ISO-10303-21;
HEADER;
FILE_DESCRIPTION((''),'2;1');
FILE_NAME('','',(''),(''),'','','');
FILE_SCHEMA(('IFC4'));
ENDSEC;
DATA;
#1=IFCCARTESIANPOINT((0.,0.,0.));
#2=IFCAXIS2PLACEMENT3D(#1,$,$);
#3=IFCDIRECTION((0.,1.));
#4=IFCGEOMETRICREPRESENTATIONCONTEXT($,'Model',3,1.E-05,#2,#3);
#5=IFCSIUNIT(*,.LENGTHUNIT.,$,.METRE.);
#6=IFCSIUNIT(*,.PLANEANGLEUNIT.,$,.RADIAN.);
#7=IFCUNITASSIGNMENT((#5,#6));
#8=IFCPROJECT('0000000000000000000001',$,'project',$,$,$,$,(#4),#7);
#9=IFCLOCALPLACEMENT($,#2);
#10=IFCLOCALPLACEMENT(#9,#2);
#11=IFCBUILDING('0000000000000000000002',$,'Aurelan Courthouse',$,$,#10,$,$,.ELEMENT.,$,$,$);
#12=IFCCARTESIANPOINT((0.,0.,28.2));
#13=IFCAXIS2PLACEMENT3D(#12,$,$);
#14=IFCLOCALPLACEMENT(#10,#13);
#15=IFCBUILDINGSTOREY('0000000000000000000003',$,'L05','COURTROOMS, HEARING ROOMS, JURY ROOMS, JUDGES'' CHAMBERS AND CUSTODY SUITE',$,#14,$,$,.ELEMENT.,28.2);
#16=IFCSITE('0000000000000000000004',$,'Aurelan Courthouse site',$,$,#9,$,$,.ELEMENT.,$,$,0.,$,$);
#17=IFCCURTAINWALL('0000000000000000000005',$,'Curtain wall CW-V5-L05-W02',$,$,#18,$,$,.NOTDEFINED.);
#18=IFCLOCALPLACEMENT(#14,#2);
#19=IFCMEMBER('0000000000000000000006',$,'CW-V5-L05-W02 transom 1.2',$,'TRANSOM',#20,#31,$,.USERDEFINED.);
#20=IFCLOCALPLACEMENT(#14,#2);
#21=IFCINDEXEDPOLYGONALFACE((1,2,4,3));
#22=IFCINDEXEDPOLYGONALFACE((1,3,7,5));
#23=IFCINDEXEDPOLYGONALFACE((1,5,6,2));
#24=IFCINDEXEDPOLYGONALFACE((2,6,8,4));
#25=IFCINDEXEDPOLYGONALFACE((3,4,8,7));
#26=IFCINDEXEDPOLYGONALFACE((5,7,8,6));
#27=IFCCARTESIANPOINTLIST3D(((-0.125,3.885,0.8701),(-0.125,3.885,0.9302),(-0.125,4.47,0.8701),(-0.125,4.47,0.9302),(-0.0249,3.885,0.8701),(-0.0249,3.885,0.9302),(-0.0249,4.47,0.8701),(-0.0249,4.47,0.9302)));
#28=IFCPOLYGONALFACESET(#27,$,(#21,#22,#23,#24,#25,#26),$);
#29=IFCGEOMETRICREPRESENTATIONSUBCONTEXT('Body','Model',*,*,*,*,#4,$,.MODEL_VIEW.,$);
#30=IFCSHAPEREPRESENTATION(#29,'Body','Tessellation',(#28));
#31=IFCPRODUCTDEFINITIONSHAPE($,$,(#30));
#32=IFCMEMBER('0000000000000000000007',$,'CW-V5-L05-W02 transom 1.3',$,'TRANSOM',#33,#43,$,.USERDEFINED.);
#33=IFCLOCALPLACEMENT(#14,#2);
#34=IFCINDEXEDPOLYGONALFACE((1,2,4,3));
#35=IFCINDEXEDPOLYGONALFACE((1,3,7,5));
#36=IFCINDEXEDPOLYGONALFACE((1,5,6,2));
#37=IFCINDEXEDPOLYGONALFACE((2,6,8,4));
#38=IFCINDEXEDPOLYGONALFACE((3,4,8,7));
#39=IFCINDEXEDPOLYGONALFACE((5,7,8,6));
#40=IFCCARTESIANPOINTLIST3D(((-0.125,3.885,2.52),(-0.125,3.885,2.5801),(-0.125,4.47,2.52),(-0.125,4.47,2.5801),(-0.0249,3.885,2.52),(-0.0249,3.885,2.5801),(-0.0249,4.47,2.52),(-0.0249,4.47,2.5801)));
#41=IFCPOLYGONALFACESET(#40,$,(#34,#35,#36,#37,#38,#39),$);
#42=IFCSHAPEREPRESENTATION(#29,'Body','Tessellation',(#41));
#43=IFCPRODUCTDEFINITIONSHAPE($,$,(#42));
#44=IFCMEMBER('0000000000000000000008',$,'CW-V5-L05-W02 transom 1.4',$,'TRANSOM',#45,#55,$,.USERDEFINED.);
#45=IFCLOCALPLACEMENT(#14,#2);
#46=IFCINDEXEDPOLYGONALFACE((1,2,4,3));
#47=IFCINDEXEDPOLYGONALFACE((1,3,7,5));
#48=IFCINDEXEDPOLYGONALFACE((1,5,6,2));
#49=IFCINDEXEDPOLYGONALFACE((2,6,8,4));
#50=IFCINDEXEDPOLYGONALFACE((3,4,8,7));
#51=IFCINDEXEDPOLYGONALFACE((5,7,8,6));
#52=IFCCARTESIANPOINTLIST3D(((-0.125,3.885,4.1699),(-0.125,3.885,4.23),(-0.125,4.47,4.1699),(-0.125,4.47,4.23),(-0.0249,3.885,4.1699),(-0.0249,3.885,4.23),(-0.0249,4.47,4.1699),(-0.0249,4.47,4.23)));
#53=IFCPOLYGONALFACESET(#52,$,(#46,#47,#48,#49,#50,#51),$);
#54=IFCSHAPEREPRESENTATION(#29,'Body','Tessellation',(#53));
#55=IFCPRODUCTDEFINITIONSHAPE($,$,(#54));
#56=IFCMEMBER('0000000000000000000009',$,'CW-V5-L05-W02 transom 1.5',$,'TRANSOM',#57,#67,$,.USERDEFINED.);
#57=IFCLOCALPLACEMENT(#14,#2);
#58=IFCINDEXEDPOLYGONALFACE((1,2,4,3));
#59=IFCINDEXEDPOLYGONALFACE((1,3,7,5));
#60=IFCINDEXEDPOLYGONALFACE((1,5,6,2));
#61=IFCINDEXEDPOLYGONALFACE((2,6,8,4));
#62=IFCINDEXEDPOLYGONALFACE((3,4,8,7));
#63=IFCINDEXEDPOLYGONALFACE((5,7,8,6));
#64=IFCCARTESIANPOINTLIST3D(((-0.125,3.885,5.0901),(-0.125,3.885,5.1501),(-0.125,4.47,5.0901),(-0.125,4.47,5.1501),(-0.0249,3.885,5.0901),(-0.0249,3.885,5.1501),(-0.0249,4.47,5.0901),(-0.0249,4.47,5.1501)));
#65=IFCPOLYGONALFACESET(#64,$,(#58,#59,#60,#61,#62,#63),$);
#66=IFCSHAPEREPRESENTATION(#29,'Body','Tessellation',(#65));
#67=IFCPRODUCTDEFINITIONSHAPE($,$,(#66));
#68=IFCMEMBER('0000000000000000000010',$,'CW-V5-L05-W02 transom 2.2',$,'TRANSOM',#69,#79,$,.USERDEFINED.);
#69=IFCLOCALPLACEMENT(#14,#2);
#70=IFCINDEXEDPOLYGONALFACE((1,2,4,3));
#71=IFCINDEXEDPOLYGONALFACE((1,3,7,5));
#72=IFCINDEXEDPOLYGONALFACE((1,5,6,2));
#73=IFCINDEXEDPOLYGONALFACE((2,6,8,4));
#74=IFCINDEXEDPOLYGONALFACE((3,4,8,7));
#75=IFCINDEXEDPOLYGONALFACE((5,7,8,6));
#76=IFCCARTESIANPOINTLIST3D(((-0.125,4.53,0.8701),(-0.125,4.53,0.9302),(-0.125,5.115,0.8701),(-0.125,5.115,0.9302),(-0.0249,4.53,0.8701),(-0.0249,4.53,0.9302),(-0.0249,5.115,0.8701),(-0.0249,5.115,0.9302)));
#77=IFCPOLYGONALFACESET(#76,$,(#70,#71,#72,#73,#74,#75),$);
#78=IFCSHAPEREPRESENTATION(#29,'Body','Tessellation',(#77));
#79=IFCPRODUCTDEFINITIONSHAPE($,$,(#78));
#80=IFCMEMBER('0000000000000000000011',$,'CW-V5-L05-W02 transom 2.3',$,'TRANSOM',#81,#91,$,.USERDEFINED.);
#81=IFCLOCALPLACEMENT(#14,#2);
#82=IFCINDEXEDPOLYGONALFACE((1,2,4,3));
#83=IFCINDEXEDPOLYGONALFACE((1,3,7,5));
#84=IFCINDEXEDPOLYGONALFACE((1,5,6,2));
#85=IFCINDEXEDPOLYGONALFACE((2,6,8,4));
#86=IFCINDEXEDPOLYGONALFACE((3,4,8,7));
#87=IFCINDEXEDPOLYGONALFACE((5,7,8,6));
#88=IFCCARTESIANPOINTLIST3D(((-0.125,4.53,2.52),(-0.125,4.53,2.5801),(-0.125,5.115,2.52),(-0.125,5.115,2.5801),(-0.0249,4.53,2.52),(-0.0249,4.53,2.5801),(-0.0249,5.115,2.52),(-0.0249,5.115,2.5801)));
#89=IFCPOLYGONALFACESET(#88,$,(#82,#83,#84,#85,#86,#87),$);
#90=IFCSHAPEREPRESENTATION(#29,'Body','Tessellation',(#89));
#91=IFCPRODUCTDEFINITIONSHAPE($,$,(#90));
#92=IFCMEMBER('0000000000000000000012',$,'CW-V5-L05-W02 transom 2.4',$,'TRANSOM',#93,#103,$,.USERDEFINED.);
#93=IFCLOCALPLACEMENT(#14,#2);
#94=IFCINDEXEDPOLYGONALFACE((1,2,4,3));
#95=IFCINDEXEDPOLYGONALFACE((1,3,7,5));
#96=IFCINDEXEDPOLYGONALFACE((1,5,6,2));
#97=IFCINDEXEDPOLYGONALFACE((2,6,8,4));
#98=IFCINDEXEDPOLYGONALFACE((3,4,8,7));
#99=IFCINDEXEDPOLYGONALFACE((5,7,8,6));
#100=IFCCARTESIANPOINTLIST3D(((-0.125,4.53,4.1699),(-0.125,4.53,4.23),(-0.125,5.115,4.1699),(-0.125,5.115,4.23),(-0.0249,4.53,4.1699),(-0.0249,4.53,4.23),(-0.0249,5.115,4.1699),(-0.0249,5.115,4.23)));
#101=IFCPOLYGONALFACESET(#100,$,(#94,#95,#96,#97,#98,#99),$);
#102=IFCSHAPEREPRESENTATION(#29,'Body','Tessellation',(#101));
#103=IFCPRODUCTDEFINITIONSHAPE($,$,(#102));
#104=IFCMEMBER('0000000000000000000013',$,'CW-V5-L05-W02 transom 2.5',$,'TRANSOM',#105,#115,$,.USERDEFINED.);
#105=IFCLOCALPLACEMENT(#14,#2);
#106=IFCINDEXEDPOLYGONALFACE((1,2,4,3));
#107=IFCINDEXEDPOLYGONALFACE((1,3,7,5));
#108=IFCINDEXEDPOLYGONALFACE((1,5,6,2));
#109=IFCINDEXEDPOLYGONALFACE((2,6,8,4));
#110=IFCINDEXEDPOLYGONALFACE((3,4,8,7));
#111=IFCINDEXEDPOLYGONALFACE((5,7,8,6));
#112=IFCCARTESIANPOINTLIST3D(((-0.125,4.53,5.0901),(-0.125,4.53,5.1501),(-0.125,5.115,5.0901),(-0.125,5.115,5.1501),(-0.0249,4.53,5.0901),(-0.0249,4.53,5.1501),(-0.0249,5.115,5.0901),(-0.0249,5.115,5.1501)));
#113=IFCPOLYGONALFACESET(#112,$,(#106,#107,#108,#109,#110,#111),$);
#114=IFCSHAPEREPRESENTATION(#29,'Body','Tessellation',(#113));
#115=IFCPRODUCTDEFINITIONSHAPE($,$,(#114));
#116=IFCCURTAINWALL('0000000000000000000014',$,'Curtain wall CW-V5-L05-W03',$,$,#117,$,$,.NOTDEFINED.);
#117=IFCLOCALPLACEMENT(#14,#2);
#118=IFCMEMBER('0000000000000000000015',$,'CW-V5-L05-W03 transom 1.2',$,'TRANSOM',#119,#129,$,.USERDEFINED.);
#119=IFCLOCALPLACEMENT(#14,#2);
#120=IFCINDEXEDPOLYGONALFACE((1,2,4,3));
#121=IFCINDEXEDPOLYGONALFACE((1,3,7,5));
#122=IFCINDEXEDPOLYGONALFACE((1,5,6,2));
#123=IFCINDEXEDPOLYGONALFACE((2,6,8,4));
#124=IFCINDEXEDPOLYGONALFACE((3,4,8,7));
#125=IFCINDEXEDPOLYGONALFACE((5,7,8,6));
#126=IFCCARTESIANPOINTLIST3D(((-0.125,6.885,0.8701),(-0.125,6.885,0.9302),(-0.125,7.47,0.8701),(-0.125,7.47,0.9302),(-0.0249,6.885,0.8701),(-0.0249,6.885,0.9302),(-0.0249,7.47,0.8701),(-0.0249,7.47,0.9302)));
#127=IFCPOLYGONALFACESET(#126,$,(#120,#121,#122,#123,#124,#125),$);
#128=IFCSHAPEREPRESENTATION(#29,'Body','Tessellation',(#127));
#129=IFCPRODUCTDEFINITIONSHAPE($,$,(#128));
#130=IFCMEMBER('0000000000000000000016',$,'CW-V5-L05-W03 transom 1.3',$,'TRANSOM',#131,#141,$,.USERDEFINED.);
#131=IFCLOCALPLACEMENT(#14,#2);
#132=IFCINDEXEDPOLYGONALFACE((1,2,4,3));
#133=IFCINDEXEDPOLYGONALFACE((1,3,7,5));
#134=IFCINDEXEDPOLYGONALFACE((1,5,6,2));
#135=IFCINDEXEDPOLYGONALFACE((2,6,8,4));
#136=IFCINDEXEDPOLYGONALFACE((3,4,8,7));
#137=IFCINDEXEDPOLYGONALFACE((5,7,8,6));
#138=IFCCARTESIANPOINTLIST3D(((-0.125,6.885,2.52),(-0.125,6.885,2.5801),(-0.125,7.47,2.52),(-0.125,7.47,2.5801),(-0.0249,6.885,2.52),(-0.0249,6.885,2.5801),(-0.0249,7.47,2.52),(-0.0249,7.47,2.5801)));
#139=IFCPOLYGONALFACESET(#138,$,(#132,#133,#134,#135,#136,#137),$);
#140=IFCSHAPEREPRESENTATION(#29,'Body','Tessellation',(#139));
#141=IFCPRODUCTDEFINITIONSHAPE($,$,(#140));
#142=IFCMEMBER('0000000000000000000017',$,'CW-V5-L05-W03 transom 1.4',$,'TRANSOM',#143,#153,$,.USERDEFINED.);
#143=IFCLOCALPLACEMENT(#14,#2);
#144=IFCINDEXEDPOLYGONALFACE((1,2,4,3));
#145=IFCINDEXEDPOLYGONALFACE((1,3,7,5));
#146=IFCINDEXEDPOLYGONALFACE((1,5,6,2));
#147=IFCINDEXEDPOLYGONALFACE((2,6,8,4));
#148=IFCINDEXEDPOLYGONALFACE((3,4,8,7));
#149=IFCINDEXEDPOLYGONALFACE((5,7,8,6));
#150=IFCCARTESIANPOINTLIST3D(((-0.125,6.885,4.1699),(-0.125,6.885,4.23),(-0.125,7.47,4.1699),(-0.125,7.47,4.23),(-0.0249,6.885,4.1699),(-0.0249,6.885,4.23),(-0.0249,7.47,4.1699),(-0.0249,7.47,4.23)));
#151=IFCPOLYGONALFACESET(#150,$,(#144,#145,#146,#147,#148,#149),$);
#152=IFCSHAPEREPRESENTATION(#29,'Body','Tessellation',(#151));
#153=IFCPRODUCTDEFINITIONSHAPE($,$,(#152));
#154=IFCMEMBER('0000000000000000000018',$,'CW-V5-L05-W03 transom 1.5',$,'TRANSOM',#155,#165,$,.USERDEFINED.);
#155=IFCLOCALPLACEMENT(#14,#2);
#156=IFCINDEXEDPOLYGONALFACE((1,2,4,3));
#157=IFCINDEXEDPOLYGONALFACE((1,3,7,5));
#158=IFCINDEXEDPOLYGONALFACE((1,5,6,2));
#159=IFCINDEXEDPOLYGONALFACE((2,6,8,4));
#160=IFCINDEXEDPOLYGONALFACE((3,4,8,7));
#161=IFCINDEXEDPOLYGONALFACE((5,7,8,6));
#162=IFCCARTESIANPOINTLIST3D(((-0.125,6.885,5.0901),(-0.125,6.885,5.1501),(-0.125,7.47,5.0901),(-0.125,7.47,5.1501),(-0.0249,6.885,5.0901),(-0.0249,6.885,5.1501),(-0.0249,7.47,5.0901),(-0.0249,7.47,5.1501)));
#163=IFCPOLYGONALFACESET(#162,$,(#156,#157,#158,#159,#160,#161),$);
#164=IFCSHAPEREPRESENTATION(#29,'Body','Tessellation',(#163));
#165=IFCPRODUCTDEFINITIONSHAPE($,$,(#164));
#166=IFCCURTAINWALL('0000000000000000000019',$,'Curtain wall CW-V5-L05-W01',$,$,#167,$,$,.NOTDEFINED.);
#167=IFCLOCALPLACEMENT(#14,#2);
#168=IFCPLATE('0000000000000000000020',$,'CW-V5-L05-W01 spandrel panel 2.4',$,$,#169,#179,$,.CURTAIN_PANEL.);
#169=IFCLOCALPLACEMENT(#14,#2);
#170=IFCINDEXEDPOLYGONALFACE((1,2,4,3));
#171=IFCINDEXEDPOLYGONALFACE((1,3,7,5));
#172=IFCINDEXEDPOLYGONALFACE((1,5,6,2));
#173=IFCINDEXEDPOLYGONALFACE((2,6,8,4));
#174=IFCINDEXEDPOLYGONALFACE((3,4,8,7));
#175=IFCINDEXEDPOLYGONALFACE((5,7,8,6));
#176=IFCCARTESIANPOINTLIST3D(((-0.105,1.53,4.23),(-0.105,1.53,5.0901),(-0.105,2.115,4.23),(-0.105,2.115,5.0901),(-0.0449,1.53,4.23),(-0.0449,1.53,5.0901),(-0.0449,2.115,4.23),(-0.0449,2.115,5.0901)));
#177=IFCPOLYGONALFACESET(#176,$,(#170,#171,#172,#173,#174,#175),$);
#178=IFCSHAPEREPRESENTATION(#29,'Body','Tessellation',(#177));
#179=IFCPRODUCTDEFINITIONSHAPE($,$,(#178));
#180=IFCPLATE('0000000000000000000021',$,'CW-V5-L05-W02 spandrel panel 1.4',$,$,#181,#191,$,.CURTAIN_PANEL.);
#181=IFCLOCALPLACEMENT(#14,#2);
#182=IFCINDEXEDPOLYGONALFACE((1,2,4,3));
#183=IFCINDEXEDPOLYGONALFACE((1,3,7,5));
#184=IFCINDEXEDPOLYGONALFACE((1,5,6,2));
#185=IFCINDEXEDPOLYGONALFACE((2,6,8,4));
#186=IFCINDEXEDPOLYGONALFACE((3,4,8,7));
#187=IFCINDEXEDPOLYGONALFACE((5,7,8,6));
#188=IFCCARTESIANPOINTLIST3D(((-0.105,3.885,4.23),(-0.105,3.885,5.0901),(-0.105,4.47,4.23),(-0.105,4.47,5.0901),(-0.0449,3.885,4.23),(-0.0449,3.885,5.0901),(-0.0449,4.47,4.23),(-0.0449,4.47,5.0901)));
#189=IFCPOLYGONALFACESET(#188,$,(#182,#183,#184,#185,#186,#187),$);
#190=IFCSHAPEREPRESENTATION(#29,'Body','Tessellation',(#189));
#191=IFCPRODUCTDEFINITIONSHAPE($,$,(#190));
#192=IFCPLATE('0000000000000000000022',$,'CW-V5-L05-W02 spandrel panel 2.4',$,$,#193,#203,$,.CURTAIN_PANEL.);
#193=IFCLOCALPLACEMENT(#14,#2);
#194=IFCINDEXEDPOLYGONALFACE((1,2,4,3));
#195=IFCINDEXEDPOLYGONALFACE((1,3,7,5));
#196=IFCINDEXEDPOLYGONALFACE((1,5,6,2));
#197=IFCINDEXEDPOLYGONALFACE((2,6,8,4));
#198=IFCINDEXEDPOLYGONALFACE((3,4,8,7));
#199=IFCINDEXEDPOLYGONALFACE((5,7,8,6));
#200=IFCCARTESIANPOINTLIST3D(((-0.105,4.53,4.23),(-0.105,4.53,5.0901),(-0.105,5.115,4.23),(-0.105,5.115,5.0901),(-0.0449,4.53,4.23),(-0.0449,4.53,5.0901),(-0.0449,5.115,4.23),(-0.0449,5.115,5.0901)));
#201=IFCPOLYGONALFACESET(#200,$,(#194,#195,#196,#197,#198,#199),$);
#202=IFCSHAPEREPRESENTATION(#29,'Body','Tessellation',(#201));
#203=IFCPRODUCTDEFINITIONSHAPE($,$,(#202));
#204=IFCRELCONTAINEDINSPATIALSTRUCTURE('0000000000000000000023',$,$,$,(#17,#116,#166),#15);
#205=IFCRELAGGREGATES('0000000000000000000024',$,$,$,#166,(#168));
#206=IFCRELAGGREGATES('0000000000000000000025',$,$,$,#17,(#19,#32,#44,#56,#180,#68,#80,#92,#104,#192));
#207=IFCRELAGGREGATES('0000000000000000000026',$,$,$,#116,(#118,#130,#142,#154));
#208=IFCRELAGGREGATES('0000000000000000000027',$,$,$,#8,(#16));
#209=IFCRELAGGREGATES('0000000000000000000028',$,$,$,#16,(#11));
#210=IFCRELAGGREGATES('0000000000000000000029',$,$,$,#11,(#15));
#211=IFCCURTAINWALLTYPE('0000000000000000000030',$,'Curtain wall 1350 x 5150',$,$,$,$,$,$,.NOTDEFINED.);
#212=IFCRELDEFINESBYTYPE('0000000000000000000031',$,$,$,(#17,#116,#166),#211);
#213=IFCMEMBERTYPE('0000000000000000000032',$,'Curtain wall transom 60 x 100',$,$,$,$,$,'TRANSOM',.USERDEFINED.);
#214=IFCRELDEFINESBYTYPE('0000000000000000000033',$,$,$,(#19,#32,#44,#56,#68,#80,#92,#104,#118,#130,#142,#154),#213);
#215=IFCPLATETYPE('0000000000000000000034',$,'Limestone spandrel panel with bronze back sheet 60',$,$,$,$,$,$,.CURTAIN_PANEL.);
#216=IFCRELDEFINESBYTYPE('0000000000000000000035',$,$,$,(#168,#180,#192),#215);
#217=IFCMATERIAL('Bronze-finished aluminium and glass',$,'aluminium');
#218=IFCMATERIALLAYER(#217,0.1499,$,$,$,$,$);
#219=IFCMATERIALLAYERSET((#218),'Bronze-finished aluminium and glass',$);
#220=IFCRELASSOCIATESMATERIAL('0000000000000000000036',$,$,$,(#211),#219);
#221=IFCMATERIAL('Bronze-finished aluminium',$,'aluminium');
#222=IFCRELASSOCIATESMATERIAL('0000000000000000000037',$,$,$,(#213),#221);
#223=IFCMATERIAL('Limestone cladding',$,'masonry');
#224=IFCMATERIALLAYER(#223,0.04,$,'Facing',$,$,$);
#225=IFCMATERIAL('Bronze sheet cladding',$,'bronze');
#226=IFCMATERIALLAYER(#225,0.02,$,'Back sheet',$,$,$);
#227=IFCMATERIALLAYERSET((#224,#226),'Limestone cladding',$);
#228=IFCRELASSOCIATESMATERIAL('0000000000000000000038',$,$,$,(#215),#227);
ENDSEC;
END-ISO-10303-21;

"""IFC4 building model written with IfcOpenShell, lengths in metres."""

from ifc_helpers import new_model, si_unit, direction, frame, origin, origin_2d, place, context, subcontext, project, spatial, rectangle, extrude, material, layer, layer_set, material_profile, profile_set, type_object, element, aggregate, save


model = new_model("IFC4")

# Units and contexts
model_context = context("Model", 3, precision=1e-05, world=origin(), true_north=direction((0.0, 1.0)))
body_context = subcontext(model_context, "Body", "Model", "MODEL_VIEW")
ifc_project = project(units=[si_unit("LENGTHUNIT", "METRE"), si_unit("PLANEANGLEUNIT", "RADIAN")], contexts=[model_context])

# Site, building, storey
site_placement = place(None, origin())
site = spatial("IfcSite", under=ifc_project, at=site_placement, Name="Aurelan Courthouse site", CompositionType="ELEMENT", RefElevation=0.0)
building_placement = place(site_placement, origin())
building = spatial("IfcBuilding", under=site, at=building_placement, Name="Aurelan Courthouse", CompositionType="ELEMENT")
storey_placement = place(building_placement, frame((0.0, 0.0, 28.2)))
storey = spatial("IfcBuildingStorey", under=building, at=storey_placement, Name="L05", Description="COURTROOMS, HEARING ROOMS, JURY ROOMS, JUDGES' CHAMBERS AND CUSTODY SUITE", CompositionType="ELEMENT", Elevation=28.2)

# Curtain walls, members
ifc_material_1 = material(Name="Bronze-finished aluminium and glass", Category="aluminium")
ifc_layer_1 = layer(ifc_material_1, 0.1499)
ifc_layer_set_1 = layer_set([ifc_layer_1], Name="Bronze-finished aluminium and glass")
curtain_wall_type = type_object("IfcCurtainWallType", Name="Curtain wall 1350 x 5150", PredefinedType="NOTDEFINED", material=ifc_layer_set_1)
curtain_wall_1_placement = place(storey_placement, origin())
curtain_wall_1 = element("IfcCurtainWall", 1, at=curtain_wall_1_placement, inside=storey, type_object=curtain_wall_type, Name="Curtain wall CW-V5-L05-W02", PredefinedType="NOTDEFINED")
ifc_material_2 = material(Name="Bronze-finished aluminium", Category="aluminium")
ifc_material_profile = material_profile(ifc_material_2, rectangle(XDim=0.1001, YDim=0.0601, at=origin_2d()), Name="Bronze transom 60 x 100")
ifc_profile_set = profile_set([ifc_material_profile], Name="Bronze-finished aluminium")
member_type = type_object("IfcMemberType", Name="Curtain wall transom 60 x 100", ElementType="TRANSOM", PredefinedType="USERDEFINED", material=ifc_profile_set)
member_1_placement = place(storey_placement, frame((-0.075, 3.885, 0.9001), z_axis=(0.0, 1.0, 0.0), x_axis=(-1.0, 0.0, 0.0)))
member_1 = element("IfcMember", 2, at=member_1_placement, type_object=member_type, Name="CW-V5-L05-W02 transom 1.2", ObjectType="TRANSOM", PredefinedType="USERDEFINED", context=body_context, shape_type="SweptSolid", body=[
    extrude(rectangle(XDim=0.1001, YDim=0.0601, at=origin_2d()), origin(), (0.0, 0.0, 1.0), 0.585),
])
member_2_placement = place(storey_placement, frame((-0.075, 3.885, 2.55), z_axis=(0.0, 1.0, 0.0), x_axis=(-1.0, 0.0, 0.0)))
member_2 = element("IfcMember", 3, at=member_2_placement, type_object=member_type, Name="CW-V5-L05-W02 transom 1.3", ObjectType="TRANSOM", PredefinedType="USERDEFINED", context=body_context, shape_type="SweptSolid", body=[
    extrude(rectangle(XDim=0.1001, YDim=0.0601, at=origin_2d()), origin(), (0.0, 0.0, 1.0), 0.585),
])
member_3_placement = place(storey_placement, frame((-0.075, 3.885, 4.2), z_axis=(0.0, 1.0, 0.0), x_axis=(-1.0, 0.0, 0.0)))
member_3 = element("IfcMember", 4, at=member_3_placement, type_object=member_type, Name="CW-V5-L05-W02 transom 1.4", ObjectType="TRANSOM", PredefinedType="USERDEFINED", context=body_context, shape_type="SweptSolid", body=[
    extrude(rectangle(XDim=0.1001, YDim=0.0601, at=origin_2d()), origin(), (0.0, 0.0, 1.0), 0.585),
])
member_4_placement = place(storey_placement, frame((-0.075, 3.885, 5.1201), z_axis=(0.0, 1.0, 0.0), x_axis=(-1.0, 0.0, 0.0)))
member_4 = element("IfcMember", 5, at=member_4_placement, type_object=member_type, Name="CW-V5-L05-W02 transom 1.5", ObjectType="TRANSOM", PredefinedType="USERDEFINED", context=body_context, shape_type="SweptSolid", body=[
    extrude(rectangle(XDim=0.1001, YDim=0.0601, at=origin_2d()), origin(), (0.0, 0.0, 1.0), 0.585),
])
member_5_placement = place(storey_placement, frame((-0.075, 4.53, 0.9001), z_axis=(0.0, 1.0, 0.0), x_axis=(-1.0, 0.0, 0.0)))
member_5 = element("IfcMember", 6, at=member_5_placement, type_object=member_type, Name="CW-V5-L05-W02 transom 2.2", ObjectType="TRANSOM", PredefinedType="USERDEFINED", context=body_context, shape_type="SweptSolid", body=[
    extrude(rectangle(XDim=0.1001, YDim=0.0601, at=origin_2d()), origin(), (0.0, 0.0, 1.0), 0.585),
])
member_6_placement = place(storey_placement, frame((-0.075, 4.53, 2.55), z_axis=(0.0, 1.0, 0.0), x_axis=(-1.0, 0.0, 0.0)))
member_6 = element("IfcMember", 7, at=member_6_placement, type_object=member_type, Name="CW-V5-L05-W02 transom 2.3", ObjectType="TRANSOM", PredefinedType="USERDEFINED", context=body_context, shape_type="SweptSolid", body=[
    extrude(rectangle(XDim=0.1001, YDim=0.0601, at=origin_2d()), origin(), (0.0, 0.0, 1.0), 0.585),
])
member_7_placement = place(storey_placement, frame((-0.075, 4.53, 4.2), z_axis=(0.0, 1.0, 0.0), x_axis=(-1.0, 0.0, 0.0)))
member_7 = element("IfcMember", 8, at=member_7_placement, type_object=member_type, Name="CW-V5-L05-W02 transom 2.4", ObjectType="TRANSOM", PredefinedType="USERDEFINED", context=body_context, shape_type="SweptSolid", body=[
    extrude(rectangle(XDim=0.1001, YDim=0.0601, at=origin_2d()), origin(), (0.0, 0.0, 1.0), 0.585),
])
member_8_placement = place(storey_placement, frame((-0.075, 4.53, 5.1201), z_axis=(0.0, 1.0, 0.0), x_axis=(-1.0, 0.0, 0.0)))
member_8 = element("IfcMember", 9, at=member_8_placement, type_object=member_type, Name="CW-V5-L05-W02 transom 2.5", ObjectType="TRANSOM", PredefinedType="USERDEFINED", context=body_context, shape_type="SweptSolid", body=[
    extrude(rectangle(XDim=0.1001, YDim=0.0601, at=origin_2d()), origin(), (0.0, 0.0, 1.0), 0.585),
])
curtain_wall_2_placement = place(storey_placement, origin())
curtain_wall_2 = element("IfcCurtainWall", 10, at=curtain_wall_2_placement, inside=storey, type_object=curtain_wall_type, Name="Curtain wall CW-V5-L05-W03", PredefinedType="NOTDEFINED")
member_9_placement = place(storey_placement, frame((-0.075, 6.885, 0.9001), z_axis=(0.0, 1.0, 0.0), x_axis=(-1.0, 0.0, 0.0)))
member_9 = element("IfcMember", 11, at=member_9_placement, type_object=member_type, Name="CW-V5-L05-W03 transom 1.2", ObjectType="TRANSOM", PredefinedType="USERDEFINED", context=body_context, shape_type="SweptSolid", body=[
    extrude(rectangle(XDim=0.1001, YDim=0.0601, at=origin_2d()), origin(), (0.0, 0.0, 1.0), 0.585),
])
member_10_placement = place(storey_placement, frame((-0.075, 6.885, 2.55), z_axis=(0.0, 1.0, 0.0), x_axis=(-1.0, 0.0, 0.0)))
member_10 = element("IfcMember", 12, at=member_10_placement, type_object=member_type, Name="CW-V5-L05-W03 transom 1.3", ObjectType="TRANSOM", PredefinedType="USERDEFINED", context=body_context, shape_type="SweptSolid", body=[
    extrude(rectangle(XDim=0.1001, YDim=0.0601, at=origin_2d()), origin(), (0.0, 0.0, 1.0), 0.585),
])
member_11_placement = place(storey_placement, frame((-0.075, 6.885, 4.2), z_axis=(0.0, 1.0, 0.0), x_axis=(-1.0, 0.0, 0.0)))
member_11 = element("IfcMember", 13, at=member_11_placement, type_object=member_type, Name="CW-V5-L05-W03 transom 1.4", ObjectType="TRANSOM", PredefinedType="USERDEFINED", context=body_context, shape_type="SweptSolid", body=[
    extrude(rectangle(XDim=0.1001, YDim=0.0601, at=origin_2d()), origin(), (0.0, 0.0, 1.0), 0.585),
])
member_12_placement = place(storey_placement, frame((-0.075, 6.885, 5.1201), z_axis=(0.0, 1.0, 0.0), x_axis=(-1.0, 0.0, 0.0)))
member_12 = element("IfcMember", 14, at=member_12_placement, type_object=member_type, Name="CW-V5-L05-W03 transom 1.5", ObjectType="TRANSOM", PredefinedType="USERDEFINED", context=body_context, shape_type="SweptSolid", body=[
    extrude(rectangle(XDim=0.1001, YDim=0.0601, at=origin_2d()), origin(), (0.0, 0.0, 1.0), 0.585),
])

# Curtain wall, plate
curtain_wall_3_placement = place(storey_placement, origin())
curtain_wall_3 = element("IfcCurtainWall", 15, at=curtain_wall_3_placement, inside=storey, type_object=curtain_wall_type, Name="Curtain wall CW-V5-L05-W01", PredefinedType="NOTDEFINED")
ifc_material_3 = material(Name="Limestone cladding", Category="masonry")
ifc_layer_2 = layer(ifc_material_3, 0.04, Name="Facing")
ifc_material_4 = material(Name="Bronze sheet cladding", Category="bronze")
ifc_layer_3 = layer(ifc_material_4, 0.02, Name="Back sheet")
ifc_layer_set_2 = layer_set([ifc_layer_2, ifc_layer_3], Name="Limestone cladding")
plate_type_1 = type_object("IfcPlateType", Name="Limestone spandrel panel with bronze back sheet 60", PredefinedType="CURTAIN_PANEL", material=ifc_layer_set_2)
plate_1_placement = place(storey_placement, frame((-0.075, 1.8225, 4.23), z_axis=(0.0, 0.0, 1.0), x_axis=(0.0, 1.0, 0.0)))
plate_1 = element("IfcPlate", 16, at=plate_1_placement, type_object=plate_type_1, Name="CW-V5-L05-W01 spandrel panel 2.4", PredefinedType="CURTAIN_PANEL", context=body_context, shape_type="SweptSolid", body=[
    extrude(rectangle(XDim=0.585, YDim=0.0601, at=origin_2d()), origin(), (0.0, 0.0, 1.0), 0.8601),
])
aggregate(curtain_wall_3, [plate_1])

# Plates
plate_2_placement = place(storey_placement, frame((-0.075, 4.1775, 4.23), z_axis=(0.0, 0.0, 1.0), x_axis=(0.0, 1.0, 0.0)))
plate_2 = element("IfcPlate", 17, at=plate_2_placement, type_object=plate_type_1, Name="CW-V5-L05-W02 spandrel panel 1.4", PredefinedType="CURTAIN_PANEL", context=body_context, shape_type="SweptSolid", body=[
    extrude(rectangle(XDim=0.585, YDim=0.0601, at=origin_2d()), origin(), (0.0, 0.0, 1.0), 0.8601),
])
plate_3_placement = place(storey_placement, frame((-0.075, 4.8225, 4.23), z_axis=(0.0, 0.0, 1.0), x_axis=(0.0, 1.0, 0.0)))
plate_3 = element("IfcPlate", 18, at=plate_3_placement, type_object=plate_type_1, Name="CW-V5-L05-W02 spandrel panel 2.4", PredefinedType="CURTAIN_PANEL", context=body_context, shape_type="SweptSolid", body=[
    extrude(rectangle(XDim=0.585, YDim=0.0601, at=origin_2d()), origin(), (0.0, 0.0, 1.0), 0.8601),
])
aggregate(curtain_wall_1, [member_1, member_2, member_3, member_4, plate_2, member_5, member_6, member_7, member_8, plate_3])
aggregate(curtain_wall_2, [member_9, member_10, member_11, member_12])

save(model, "model.ifc")
